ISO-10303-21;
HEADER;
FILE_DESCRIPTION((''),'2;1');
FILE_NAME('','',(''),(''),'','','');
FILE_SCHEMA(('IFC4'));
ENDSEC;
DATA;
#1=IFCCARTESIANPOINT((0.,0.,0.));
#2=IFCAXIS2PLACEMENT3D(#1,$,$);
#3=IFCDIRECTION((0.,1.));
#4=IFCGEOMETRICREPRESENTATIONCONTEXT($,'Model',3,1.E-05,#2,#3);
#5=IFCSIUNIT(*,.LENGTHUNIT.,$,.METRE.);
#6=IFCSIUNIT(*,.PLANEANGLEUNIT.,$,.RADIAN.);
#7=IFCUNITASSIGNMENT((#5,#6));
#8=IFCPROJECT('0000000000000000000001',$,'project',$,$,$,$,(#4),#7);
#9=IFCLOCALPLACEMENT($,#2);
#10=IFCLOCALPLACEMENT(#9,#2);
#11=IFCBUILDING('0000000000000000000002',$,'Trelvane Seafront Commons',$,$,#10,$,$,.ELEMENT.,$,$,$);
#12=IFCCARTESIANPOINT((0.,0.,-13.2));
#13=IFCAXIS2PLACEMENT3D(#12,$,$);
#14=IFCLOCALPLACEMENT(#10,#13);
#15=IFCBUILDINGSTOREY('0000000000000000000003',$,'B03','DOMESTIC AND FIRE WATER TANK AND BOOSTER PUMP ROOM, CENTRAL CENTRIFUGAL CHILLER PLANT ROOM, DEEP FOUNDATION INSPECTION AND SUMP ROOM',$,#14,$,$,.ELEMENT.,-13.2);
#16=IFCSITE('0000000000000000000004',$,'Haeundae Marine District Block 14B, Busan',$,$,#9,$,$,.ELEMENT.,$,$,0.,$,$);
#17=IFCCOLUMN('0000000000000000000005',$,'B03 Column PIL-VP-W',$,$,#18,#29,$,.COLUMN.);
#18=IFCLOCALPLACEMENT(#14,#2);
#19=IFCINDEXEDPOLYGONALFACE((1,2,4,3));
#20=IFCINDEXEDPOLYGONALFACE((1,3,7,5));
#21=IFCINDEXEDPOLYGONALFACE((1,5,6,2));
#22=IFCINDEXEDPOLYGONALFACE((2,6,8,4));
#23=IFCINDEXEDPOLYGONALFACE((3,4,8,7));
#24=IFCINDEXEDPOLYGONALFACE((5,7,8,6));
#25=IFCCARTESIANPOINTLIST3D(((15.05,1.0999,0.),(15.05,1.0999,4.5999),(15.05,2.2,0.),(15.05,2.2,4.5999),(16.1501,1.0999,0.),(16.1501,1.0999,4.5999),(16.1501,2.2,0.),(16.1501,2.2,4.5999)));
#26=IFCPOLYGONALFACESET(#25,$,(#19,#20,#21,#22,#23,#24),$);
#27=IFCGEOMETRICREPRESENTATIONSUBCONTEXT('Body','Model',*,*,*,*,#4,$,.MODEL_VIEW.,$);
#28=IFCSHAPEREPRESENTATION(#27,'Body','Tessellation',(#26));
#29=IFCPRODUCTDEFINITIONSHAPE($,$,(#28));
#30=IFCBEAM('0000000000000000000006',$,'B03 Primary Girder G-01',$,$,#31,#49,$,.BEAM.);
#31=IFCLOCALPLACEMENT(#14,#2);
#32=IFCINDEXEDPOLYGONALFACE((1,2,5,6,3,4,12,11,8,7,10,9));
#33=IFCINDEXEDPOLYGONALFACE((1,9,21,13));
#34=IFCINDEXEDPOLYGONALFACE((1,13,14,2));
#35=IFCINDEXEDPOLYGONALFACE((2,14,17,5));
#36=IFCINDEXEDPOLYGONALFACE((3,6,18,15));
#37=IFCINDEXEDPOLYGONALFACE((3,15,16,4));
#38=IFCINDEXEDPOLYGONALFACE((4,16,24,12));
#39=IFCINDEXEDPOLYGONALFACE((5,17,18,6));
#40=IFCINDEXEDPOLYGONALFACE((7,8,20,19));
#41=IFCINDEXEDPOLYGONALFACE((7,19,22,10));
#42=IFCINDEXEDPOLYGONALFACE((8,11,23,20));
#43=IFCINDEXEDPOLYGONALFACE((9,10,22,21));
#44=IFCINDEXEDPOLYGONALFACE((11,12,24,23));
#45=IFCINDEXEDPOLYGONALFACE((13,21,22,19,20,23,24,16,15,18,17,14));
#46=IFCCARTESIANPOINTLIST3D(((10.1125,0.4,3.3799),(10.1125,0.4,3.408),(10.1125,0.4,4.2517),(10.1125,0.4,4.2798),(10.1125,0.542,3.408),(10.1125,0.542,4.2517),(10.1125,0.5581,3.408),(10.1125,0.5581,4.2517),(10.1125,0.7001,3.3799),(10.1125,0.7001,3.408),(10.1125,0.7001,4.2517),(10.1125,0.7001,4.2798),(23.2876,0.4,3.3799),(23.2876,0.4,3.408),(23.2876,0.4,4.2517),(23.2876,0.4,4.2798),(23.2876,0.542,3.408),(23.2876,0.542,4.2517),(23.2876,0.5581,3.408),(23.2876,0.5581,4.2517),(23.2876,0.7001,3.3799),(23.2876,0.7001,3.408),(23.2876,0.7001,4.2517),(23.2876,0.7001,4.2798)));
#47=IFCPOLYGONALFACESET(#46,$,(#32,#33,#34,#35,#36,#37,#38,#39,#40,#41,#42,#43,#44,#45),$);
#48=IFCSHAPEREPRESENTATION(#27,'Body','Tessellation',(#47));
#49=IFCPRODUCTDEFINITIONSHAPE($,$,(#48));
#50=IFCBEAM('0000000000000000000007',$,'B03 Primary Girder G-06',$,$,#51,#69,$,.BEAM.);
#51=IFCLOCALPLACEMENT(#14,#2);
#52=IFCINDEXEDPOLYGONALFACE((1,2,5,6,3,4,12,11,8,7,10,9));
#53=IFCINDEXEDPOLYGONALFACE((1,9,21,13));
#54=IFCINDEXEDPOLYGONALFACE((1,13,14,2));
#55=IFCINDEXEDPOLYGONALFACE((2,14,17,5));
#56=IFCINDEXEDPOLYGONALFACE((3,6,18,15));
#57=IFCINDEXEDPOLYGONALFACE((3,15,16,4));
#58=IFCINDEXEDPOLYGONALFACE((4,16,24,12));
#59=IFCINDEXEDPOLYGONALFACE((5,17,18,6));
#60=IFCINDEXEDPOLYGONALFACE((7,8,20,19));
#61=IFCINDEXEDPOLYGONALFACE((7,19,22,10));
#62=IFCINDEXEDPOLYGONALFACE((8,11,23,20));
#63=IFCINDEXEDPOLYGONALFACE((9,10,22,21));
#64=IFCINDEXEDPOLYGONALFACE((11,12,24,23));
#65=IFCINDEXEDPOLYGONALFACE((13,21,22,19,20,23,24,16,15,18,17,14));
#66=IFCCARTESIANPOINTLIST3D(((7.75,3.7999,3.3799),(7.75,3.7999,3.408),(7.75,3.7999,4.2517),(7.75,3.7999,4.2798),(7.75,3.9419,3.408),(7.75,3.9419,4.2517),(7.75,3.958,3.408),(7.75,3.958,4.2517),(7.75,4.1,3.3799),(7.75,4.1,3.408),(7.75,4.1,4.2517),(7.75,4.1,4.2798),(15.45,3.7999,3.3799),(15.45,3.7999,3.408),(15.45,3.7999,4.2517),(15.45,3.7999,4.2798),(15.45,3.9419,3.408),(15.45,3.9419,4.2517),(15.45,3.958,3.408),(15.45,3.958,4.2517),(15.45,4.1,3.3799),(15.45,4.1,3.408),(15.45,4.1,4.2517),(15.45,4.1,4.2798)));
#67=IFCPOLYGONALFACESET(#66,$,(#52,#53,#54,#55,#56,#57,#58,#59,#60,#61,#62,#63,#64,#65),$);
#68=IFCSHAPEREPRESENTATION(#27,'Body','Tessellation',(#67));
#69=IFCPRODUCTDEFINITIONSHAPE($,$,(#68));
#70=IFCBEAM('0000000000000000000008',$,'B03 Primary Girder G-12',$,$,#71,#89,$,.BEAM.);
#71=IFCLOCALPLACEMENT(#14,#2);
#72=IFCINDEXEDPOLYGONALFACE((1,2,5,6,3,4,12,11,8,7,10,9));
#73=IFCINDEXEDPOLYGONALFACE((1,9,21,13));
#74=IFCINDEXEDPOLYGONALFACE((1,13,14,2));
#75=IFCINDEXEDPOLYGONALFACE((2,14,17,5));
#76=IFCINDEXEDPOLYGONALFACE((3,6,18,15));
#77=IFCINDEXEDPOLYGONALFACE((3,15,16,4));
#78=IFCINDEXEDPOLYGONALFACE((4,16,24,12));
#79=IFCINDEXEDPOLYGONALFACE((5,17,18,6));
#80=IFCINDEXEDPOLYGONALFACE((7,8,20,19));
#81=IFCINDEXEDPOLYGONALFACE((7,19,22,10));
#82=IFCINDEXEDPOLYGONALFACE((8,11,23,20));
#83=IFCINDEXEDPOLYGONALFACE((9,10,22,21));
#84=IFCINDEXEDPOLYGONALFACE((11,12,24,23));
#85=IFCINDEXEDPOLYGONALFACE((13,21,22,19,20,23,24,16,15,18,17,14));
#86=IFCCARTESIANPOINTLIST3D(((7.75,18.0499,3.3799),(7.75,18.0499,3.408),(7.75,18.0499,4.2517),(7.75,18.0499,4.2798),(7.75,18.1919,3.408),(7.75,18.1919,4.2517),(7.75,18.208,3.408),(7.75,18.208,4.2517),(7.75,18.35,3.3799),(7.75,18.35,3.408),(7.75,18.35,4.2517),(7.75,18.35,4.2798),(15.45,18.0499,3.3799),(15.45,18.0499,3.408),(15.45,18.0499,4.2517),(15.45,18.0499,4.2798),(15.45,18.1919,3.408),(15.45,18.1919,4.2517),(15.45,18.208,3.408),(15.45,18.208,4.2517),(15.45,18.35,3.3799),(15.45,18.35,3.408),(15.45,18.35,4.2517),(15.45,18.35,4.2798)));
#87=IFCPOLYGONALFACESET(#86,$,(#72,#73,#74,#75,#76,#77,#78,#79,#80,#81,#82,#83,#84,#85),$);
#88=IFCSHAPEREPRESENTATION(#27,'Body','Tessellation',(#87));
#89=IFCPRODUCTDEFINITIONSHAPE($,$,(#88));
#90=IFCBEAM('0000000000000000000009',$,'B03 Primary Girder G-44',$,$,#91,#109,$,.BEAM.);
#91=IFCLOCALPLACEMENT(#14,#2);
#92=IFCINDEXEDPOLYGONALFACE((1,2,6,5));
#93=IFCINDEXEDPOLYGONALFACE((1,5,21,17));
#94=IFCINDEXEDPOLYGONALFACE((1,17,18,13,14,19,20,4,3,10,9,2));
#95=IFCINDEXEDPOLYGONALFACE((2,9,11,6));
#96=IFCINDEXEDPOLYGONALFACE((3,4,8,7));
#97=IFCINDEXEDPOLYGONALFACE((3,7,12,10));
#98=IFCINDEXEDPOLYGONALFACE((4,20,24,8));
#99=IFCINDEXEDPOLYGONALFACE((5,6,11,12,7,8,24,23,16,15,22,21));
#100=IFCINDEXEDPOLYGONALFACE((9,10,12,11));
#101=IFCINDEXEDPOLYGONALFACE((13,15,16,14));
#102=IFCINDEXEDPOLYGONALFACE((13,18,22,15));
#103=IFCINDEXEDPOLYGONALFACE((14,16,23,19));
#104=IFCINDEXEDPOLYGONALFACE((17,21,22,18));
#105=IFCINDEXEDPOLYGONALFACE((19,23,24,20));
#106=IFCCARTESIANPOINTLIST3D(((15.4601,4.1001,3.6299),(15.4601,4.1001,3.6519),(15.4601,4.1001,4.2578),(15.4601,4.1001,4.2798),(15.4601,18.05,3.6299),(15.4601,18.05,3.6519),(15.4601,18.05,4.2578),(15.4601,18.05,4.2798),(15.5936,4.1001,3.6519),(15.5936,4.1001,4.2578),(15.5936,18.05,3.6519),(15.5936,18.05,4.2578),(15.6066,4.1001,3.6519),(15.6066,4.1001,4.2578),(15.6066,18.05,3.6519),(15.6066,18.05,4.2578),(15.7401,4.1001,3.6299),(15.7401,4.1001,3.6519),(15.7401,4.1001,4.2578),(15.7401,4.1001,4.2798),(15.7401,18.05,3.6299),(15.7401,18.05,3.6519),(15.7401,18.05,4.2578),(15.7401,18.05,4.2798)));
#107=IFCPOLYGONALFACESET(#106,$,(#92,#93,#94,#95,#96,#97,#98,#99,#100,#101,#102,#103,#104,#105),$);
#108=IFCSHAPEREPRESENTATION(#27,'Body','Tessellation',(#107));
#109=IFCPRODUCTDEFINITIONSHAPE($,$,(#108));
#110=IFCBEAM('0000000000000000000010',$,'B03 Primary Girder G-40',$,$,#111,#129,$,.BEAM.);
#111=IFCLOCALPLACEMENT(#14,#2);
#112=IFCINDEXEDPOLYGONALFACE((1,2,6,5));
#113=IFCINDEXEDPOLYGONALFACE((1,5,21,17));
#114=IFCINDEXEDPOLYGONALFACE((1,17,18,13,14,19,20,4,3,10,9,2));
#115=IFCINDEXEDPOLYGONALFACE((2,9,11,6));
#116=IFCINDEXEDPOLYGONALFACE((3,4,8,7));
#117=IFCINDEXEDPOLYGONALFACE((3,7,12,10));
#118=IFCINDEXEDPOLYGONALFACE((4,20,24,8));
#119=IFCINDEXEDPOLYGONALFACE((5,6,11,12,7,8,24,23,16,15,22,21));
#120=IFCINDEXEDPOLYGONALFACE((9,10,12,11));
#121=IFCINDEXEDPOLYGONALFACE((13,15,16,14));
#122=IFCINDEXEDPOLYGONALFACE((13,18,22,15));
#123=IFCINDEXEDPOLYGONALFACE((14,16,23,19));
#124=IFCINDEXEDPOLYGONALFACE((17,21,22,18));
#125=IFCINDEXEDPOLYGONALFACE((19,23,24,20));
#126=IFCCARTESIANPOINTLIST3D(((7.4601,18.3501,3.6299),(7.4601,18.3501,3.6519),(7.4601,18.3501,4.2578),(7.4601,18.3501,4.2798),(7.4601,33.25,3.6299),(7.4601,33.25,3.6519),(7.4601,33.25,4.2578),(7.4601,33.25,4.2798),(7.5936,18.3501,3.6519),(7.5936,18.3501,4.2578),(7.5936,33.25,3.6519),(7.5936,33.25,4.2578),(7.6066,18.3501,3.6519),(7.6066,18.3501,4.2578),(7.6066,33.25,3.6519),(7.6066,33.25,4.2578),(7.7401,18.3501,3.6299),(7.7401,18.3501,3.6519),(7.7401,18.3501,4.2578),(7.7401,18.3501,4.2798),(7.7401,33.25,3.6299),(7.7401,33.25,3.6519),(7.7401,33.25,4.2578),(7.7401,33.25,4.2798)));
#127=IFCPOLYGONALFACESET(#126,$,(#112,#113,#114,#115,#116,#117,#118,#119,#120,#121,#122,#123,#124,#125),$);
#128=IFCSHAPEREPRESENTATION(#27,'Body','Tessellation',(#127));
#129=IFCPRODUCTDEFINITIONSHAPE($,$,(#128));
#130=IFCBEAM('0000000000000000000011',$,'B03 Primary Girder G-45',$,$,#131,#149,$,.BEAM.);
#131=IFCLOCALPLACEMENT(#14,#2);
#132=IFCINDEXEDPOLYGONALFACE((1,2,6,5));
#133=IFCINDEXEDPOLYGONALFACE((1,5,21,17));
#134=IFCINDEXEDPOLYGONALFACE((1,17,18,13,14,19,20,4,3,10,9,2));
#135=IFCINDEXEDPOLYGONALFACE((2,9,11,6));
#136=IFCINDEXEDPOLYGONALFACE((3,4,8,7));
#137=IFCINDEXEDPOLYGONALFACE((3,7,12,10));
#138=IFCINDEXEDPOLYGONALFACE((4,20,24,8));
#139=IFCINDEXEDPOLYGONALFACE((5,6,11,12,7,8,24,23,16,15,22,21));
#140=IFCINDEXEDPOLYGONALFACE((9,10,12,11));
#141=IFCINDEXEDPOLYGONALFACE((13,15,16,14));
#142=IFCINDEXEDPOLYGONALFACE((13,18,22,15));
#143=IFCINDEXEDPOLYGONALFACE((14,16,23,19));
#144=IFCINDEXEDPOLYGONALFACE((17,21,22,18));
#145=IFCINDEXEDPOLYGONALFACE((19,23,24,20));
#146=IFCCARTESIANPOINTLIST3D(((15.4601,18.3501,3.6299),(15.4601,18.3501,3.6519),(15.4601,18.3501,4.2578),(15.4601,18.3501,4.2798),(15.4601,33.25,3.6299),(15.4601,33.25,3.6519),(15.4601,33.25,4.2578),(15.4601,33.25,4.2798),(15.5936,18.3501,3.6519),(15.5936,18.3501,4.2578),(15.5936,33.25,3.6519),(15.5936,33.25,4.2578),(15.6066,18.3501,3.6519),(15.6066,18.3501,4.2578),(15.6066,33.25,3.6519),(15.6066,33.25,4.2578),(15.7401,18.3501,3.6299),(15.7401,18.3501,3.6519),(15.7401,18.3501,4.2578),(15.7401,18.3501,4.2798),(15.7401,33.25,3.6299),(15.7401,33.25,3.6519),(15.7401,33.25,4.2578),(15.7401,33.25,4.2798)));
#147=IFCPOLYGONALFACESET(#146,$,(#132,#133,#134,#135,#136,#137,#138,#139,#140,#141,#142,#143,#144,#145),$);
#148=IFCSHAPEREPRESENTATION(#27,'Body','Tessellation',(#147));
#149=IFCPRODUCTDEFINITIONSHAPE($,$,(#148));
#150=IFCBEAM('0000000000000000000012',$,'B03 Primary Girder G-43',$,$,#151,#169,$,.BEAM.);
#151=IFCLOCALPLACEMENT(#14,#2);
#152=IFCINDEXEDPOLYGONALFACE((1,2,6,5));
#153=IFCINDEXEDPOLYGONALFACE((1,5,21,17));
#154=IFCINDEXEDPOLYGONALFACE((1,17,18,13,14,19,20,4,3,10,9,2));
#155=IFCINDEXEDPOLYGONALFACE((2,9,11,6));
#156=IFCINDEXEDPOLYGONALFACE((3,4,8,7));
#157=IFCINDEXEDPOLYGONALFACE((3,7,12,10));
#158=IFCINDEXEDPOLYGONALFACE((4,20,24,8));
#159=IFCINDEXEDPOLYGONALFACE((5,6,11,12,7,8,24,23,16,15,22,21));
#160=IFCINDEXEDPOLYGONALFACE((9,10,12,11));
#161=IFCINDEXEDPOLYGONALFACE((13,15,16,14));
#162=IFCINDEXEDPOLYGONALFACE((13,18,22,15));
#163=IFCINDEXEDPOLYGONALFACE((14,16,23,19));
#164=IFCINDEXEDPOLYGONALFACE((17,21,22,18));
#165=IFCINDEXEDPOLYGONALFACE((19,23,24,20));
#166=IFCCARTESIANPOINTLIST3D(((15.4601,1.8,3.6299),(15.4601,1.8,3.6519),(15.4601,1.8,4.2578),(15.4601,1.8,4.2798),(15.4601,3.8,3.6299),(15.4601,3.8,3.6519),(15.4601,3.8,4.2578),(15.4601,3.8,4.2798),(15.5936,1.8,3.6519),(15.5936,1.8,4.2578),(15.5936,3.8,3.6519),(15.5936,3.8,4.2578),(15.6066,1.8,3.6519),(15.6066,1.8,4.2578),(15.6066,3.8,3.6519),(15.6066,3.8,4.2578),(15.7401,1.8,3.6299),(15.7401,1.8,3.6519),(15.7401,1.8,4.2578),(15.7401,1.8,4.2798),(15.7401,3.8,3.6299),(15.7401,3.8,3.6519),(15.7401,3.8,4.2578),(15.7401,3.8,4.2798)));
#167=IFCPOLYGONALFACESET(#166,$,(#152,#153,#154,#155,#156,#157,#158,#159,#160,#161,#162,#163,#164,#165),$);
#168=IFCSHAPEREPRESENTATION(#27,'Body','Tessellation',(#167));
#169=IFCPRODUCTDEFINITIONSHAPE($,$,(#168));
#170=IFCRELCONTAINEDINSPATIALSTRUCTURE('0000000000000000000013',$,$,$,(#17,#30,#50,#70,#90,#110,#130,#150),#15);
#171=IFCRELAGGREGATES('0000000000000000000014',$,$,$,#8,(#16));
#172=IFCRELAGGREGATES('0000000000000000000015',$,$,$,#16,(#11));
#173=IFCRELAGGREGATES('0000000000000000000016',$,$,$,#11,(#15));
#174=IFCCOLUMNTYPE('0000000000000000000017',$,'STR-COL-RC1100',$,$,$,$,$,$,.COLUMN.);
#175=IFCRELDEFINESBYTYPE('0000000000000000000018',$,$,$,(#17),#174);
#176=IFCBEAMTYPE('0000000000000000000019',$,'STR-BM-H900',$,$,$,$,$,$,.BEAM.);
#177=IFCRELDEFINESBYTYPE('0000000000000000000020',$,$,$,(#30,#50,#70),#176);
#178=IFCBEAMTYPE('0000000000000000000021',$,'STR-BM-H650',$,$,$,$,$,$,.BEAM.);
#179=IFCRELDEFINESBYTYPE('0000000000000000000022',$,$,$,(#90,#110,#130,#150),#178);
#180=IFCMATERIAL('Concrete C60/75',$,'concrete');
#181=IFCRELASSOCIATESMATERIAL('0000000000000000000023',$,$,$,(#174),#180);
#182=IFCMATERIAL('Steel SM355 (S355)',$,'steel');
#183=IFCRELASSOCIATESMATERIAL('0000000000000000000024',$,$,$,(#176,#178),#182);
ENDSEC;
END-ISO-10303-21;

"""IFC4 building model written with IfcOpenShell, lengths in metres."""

from ifc_helpers import new_model, si_unit, direction, frame, origin, origin_2d, place, context, subcontext, project, spatial, rectangle, i_section, extrude, source, transform, mapped, material, material_profile, profile_set, type_object, element, save


model = new_model("IFC4")

# Units and contexts
model_context = context("Model", 3, precision=1e-05, world=origin(), true_north=direction((0.0, 1.0)))
body_context = subcontext(model_context, "Body", "Model", "MODEL_VIEW")
ifc_project = project(units=[si_unit("LENGTHUNIT", "METRE"), si_unit("PLANEANGLEUNIT", "RADIAN")], contexts=[model_context])

# Site, building, storey
site_placement = place(None, origin())
site = spatial("IfcSite", under=ifc_project, at=site_placement, Name="Haeundae Marine District Block 14B, Busan", CompositionType="ELEMENT", RefElevation=0.0)
building_placement = place(site_placement, origin())
building = spatial("IfcBuilding", under=site, at=building_placement, Name="Trelvane Seafront Commons", CompositionType="ELEMENT")
storey_placement = place(building_placement, frame((0.0, 0.0, -13.2)))
storey = spatial("IfcBuildingStorey", under=building, at=storey_placement, Name="B03", Description="DOMESTIC AND FIRE WATER TANK AND BOOSTER PUMP ROOM, CENTRAL CENTRIFUGAL CHILLER PLANT ROOM, DEEP FOUNDATION INSPECTION AND SUMP ROOM", CompositionType="ELEMENT", Elevation=-13.2)

# Column
ifc_material_1 = material(Name="Concrete C60/75", Category="concrete")
ifc_material_profile_1 = material_profile(ifc_material_1, rectangle(XDim=1.1001, YDim=1.1001, at=origin_2d()), Name="RC-1100x1100")
ifc_profile_set_1 = profile_set([ifc_material_profile_1], Name="Concrete C60/75")
column_type_1 = type_object("IfcColumnType", Name="STR-COL-RC1100", PredefinedType="COLUMN", material=ifc_profile_set_1)
shared_shape_1 = source(origin(), body_context, "Body", "SweptSolid", [
    extrude(rectangle(XDim=1.1001, YDim=1.1001, at=origin_2d()), origin(), (0.0, 0.0, 1.0), 4.5999),
])
column_1_placement = place(storey_placement, frame((15.6001, 1.6499, 0.0), z_axis=(0.0, 0.0, 1.0), x_axis=(1.0, 0.0, 0.0)))
element("IfcColumn", 1, at=column_1_placement, inside=storey, type_object=column_type_1, Name="B03 Column PIL-VP-W", PredefinedType="COLUMN", context=body_context, shape_type="MappedRepresentation", body=[
    mapped(shared_shape_1, transform((0.0, 0.0, 0.0), x_axis=(1.0, 0.0, 0.0), y_axis=(0.0, 1.0, 0.0), z_axis=(0.0, 0.0, 1.0), scale=1.0)),
])

# Beams
ifc_material_2 = material(Name="Steel SM355 (S355)", Category="steel")
ifc_material_profile_2 = material_profile(ifc_material_2, i_section(OverallWidth=0.3, OverallDepth=0.8999, WebThickness=0.0161, FlangeThickness=0.0281, at=origin_2d()), Name="H-900x300x16x28")
ifc_profile_set_2 = profile_set([ifc_material_profile_2], Name="Steel SM355 (S355)")
beam_type_1 = type_object("IfcBeamType", Name="STR-BM-H900", PredefinedType="BEAM", material=ifc_profile_set_2)
shared_shape_2 = source(origin(), body_context, "Body", "SweptSolid", [
    extrude(i_section(OverallWidth=0.3, OverallDepth=0.8999, WebThickness=0.0161, FlangeThickness=0.0281, at=origin_2d()), origin(), (0.0, 0.0, 1.0), 13.175),
])
beam_1_placement = place(storey_placement, frame((10.1125, 0.55, 3.8298), z_axis=(1.0, 0.0, 0.0), x_axis=(0.0, 1.0, 0.0)))
element("IfcBeam", 2, at=beam_1_placement, inside=storey, type_object=beam_type_1, Name="B03 Primary Girder G-01", PredefinedType="BEAM", context=body_context, shape_type="MappedRepresentation", body=[
    mapped(shared_shape_2, transform((0.0, 0.0, 0.0), x_axis=(1.0, 0.0, 0.0), y_axis=(0.0, 1.0, 0.0), z_axis=(0.0, 0.0, 1.0), scale=1.0)),
])
shared_shape_3 = source(origin(), body_context, "Body", "SweptSolid", [
    extrude(i_section(OverallWidth=0.3, OverallDepth=0.8999, WebThickness=0.0161, FlangeThickness=0.0281, at=origin_2d()), origin(), (0.0, 0.0, 1.0), 7.7),
])
for number, where, z_axis, x_axis, name in (
    (3, (7.75, 3.95, 3.8298), (1.0, 0.0, 0.0), (0.0, 1.0, 0.0), "B03 Primary Girder G-06"),
    (4, (7.75, 18.2, 3.8298), (1.0, 0.0, 0.0), (0.0, 1.0, 0.0), "B03 Primary Girder G-12"),
):
    element("IfcBeam", number, at=place(storey_placement, frame(where, z_axis=z_axis, x_axis=x_axis)), inside=storey, type_object=beam_type_1, Name=name, PredefinedType="BEAM", context=body_context, shape_type="MappedRepresentation", body=[
        mapped(shared_shape_3, transform((0.0, 0.0, 0.0), x_axis=(1.0, 0.0, 0.0), y_axis=(0.0, 1.0, 0.0), z_axis=(0.0, 0.0, 1.0), scale=1.0)),
    ])
ifc_material_profile_3 = material_profile(ifc_material_2, i_section(OverallWidth=0.28, OverallDepth=0.6499, WebThickness=0.0129, FlangeThickness=0.022, at=origin_2d()), Name="H-650x280x13x22")
ifc_profile_set_3 = profile_set([ifc_material_profile_3], Name="Steel SM355 (S355)")
beam_type_2 = type_object("IfcBeamType", Name="STR-BM-H650", PredefinedType="BEAM", material=ifc_profile_set_3)
shared_shape_4 = source(origin(), body_context, "Body", "SweptSolid", [
    extrude(i_section(OverallWidth=0.28, OverallDepth=0.6499, WebThickness=0.0129, FlangeThickness=0.022, at=origin_2d()), origin(), (0.0, 0.0, 1.0), 13.95),
])
beam_2_placement = place(storey_placement, frame((15.6001, 4.1001, 3.9548), z_axis=(0.0, 1.0, 0.0), x_axis=(-1.0, 0.0, 0.0)))
element("IfcBeam", 5, at=beam_2_placement, inside=storey, type_object=beam_type_2, Name="B03 Primary Girder G-44", PredefinedType="BEAM", context=body_context, shape_type="MappedRepresentation", body=[
    mapped(shared_shape_4, transform((0.0, 0.0, 0.0), x_axis=(1.0, 0.0, 0.0), y_axis=(0.0, 1.0, 0.0), z_axis=(0.0, 0.0, 1.0), scale=1.0)),
])
shared_shape_5 = source(origin(), body_context, "Body", "SweptSolid", [
    extrude(i_section(OverallWidth=0.28, OverallDepth=0.6499, WebThickness=0.0129, FlangeThickness=0.022, at=origin_2d()), origin(), (0.0, 0.0, 1.0), 14.8999),
])
for number, where, z_axis, x_axis, name in (
    (6, (7.6001, 18.3501, 3.9548), (0.0, 1.0, 0.0), (-1.0, 0.0, 0.0), "B03 Primary Girder G-40"),
    (7, (15.6001, 18.3501, 3.9548), (0.0, 1.0, 0.0), (-1.0, 0.0, 0.0), "B03 Primary Girder G-45"),
):
    element("IfcBeam", number, at=place(storey_placement, frame(where, z_axis=z_axis, x_axis=x_axis)), inside=storey, type_object=beam_type_2, Name=name, PredefinedType="BEAM", context=body_context, shape_type="MappedRepresentation", body=[
        mapped(shared_shape_5, transform((0.0, 0.0, 0.0), x_axis=(1.0, 0.0, 0.0), y_axis=(0.0, 1.0, 0.0), z_axis=(0.0, 0.0, 1.0), scale=1.0)),
    ])
shared_shape_6 = source(origin(), body_context, "Body", "SweptSolid", [
    extrude(i_section(OverallWidth=0.28, OverallDepth=0.6499, WebThickness=0.0129, FlangeThickness=0.022, at=origin_2d()), origin(), (0.0, 0.0, 1.0), 2.0),
])
beam_3_placement = place(storey_placement, frame((15.6001, 1.8, 3.9548), z_axis=(0.0, 1.0, 0.0), x_axis=(-1.0, 0.0, 0.0)))
element("IfcBeam", 8, at=beam_3_placement, inside=storey, type_object=beam_type_2, Name="B03 Primary Girder G-43", PredefinedType="BEAM", context=body_context, shape_type="MappedRepresentation", body=[
    mapped(shared_shape_6, transform((0.0, 0.0, 0.0), x_axis=(1.0, 0.0, 0.0), y_axis=(0.0, 1.0, 0.0), z_axis=(0.0, 0.0, 1.0), scale=1.0)),
])

save(model, "model.ifc")
